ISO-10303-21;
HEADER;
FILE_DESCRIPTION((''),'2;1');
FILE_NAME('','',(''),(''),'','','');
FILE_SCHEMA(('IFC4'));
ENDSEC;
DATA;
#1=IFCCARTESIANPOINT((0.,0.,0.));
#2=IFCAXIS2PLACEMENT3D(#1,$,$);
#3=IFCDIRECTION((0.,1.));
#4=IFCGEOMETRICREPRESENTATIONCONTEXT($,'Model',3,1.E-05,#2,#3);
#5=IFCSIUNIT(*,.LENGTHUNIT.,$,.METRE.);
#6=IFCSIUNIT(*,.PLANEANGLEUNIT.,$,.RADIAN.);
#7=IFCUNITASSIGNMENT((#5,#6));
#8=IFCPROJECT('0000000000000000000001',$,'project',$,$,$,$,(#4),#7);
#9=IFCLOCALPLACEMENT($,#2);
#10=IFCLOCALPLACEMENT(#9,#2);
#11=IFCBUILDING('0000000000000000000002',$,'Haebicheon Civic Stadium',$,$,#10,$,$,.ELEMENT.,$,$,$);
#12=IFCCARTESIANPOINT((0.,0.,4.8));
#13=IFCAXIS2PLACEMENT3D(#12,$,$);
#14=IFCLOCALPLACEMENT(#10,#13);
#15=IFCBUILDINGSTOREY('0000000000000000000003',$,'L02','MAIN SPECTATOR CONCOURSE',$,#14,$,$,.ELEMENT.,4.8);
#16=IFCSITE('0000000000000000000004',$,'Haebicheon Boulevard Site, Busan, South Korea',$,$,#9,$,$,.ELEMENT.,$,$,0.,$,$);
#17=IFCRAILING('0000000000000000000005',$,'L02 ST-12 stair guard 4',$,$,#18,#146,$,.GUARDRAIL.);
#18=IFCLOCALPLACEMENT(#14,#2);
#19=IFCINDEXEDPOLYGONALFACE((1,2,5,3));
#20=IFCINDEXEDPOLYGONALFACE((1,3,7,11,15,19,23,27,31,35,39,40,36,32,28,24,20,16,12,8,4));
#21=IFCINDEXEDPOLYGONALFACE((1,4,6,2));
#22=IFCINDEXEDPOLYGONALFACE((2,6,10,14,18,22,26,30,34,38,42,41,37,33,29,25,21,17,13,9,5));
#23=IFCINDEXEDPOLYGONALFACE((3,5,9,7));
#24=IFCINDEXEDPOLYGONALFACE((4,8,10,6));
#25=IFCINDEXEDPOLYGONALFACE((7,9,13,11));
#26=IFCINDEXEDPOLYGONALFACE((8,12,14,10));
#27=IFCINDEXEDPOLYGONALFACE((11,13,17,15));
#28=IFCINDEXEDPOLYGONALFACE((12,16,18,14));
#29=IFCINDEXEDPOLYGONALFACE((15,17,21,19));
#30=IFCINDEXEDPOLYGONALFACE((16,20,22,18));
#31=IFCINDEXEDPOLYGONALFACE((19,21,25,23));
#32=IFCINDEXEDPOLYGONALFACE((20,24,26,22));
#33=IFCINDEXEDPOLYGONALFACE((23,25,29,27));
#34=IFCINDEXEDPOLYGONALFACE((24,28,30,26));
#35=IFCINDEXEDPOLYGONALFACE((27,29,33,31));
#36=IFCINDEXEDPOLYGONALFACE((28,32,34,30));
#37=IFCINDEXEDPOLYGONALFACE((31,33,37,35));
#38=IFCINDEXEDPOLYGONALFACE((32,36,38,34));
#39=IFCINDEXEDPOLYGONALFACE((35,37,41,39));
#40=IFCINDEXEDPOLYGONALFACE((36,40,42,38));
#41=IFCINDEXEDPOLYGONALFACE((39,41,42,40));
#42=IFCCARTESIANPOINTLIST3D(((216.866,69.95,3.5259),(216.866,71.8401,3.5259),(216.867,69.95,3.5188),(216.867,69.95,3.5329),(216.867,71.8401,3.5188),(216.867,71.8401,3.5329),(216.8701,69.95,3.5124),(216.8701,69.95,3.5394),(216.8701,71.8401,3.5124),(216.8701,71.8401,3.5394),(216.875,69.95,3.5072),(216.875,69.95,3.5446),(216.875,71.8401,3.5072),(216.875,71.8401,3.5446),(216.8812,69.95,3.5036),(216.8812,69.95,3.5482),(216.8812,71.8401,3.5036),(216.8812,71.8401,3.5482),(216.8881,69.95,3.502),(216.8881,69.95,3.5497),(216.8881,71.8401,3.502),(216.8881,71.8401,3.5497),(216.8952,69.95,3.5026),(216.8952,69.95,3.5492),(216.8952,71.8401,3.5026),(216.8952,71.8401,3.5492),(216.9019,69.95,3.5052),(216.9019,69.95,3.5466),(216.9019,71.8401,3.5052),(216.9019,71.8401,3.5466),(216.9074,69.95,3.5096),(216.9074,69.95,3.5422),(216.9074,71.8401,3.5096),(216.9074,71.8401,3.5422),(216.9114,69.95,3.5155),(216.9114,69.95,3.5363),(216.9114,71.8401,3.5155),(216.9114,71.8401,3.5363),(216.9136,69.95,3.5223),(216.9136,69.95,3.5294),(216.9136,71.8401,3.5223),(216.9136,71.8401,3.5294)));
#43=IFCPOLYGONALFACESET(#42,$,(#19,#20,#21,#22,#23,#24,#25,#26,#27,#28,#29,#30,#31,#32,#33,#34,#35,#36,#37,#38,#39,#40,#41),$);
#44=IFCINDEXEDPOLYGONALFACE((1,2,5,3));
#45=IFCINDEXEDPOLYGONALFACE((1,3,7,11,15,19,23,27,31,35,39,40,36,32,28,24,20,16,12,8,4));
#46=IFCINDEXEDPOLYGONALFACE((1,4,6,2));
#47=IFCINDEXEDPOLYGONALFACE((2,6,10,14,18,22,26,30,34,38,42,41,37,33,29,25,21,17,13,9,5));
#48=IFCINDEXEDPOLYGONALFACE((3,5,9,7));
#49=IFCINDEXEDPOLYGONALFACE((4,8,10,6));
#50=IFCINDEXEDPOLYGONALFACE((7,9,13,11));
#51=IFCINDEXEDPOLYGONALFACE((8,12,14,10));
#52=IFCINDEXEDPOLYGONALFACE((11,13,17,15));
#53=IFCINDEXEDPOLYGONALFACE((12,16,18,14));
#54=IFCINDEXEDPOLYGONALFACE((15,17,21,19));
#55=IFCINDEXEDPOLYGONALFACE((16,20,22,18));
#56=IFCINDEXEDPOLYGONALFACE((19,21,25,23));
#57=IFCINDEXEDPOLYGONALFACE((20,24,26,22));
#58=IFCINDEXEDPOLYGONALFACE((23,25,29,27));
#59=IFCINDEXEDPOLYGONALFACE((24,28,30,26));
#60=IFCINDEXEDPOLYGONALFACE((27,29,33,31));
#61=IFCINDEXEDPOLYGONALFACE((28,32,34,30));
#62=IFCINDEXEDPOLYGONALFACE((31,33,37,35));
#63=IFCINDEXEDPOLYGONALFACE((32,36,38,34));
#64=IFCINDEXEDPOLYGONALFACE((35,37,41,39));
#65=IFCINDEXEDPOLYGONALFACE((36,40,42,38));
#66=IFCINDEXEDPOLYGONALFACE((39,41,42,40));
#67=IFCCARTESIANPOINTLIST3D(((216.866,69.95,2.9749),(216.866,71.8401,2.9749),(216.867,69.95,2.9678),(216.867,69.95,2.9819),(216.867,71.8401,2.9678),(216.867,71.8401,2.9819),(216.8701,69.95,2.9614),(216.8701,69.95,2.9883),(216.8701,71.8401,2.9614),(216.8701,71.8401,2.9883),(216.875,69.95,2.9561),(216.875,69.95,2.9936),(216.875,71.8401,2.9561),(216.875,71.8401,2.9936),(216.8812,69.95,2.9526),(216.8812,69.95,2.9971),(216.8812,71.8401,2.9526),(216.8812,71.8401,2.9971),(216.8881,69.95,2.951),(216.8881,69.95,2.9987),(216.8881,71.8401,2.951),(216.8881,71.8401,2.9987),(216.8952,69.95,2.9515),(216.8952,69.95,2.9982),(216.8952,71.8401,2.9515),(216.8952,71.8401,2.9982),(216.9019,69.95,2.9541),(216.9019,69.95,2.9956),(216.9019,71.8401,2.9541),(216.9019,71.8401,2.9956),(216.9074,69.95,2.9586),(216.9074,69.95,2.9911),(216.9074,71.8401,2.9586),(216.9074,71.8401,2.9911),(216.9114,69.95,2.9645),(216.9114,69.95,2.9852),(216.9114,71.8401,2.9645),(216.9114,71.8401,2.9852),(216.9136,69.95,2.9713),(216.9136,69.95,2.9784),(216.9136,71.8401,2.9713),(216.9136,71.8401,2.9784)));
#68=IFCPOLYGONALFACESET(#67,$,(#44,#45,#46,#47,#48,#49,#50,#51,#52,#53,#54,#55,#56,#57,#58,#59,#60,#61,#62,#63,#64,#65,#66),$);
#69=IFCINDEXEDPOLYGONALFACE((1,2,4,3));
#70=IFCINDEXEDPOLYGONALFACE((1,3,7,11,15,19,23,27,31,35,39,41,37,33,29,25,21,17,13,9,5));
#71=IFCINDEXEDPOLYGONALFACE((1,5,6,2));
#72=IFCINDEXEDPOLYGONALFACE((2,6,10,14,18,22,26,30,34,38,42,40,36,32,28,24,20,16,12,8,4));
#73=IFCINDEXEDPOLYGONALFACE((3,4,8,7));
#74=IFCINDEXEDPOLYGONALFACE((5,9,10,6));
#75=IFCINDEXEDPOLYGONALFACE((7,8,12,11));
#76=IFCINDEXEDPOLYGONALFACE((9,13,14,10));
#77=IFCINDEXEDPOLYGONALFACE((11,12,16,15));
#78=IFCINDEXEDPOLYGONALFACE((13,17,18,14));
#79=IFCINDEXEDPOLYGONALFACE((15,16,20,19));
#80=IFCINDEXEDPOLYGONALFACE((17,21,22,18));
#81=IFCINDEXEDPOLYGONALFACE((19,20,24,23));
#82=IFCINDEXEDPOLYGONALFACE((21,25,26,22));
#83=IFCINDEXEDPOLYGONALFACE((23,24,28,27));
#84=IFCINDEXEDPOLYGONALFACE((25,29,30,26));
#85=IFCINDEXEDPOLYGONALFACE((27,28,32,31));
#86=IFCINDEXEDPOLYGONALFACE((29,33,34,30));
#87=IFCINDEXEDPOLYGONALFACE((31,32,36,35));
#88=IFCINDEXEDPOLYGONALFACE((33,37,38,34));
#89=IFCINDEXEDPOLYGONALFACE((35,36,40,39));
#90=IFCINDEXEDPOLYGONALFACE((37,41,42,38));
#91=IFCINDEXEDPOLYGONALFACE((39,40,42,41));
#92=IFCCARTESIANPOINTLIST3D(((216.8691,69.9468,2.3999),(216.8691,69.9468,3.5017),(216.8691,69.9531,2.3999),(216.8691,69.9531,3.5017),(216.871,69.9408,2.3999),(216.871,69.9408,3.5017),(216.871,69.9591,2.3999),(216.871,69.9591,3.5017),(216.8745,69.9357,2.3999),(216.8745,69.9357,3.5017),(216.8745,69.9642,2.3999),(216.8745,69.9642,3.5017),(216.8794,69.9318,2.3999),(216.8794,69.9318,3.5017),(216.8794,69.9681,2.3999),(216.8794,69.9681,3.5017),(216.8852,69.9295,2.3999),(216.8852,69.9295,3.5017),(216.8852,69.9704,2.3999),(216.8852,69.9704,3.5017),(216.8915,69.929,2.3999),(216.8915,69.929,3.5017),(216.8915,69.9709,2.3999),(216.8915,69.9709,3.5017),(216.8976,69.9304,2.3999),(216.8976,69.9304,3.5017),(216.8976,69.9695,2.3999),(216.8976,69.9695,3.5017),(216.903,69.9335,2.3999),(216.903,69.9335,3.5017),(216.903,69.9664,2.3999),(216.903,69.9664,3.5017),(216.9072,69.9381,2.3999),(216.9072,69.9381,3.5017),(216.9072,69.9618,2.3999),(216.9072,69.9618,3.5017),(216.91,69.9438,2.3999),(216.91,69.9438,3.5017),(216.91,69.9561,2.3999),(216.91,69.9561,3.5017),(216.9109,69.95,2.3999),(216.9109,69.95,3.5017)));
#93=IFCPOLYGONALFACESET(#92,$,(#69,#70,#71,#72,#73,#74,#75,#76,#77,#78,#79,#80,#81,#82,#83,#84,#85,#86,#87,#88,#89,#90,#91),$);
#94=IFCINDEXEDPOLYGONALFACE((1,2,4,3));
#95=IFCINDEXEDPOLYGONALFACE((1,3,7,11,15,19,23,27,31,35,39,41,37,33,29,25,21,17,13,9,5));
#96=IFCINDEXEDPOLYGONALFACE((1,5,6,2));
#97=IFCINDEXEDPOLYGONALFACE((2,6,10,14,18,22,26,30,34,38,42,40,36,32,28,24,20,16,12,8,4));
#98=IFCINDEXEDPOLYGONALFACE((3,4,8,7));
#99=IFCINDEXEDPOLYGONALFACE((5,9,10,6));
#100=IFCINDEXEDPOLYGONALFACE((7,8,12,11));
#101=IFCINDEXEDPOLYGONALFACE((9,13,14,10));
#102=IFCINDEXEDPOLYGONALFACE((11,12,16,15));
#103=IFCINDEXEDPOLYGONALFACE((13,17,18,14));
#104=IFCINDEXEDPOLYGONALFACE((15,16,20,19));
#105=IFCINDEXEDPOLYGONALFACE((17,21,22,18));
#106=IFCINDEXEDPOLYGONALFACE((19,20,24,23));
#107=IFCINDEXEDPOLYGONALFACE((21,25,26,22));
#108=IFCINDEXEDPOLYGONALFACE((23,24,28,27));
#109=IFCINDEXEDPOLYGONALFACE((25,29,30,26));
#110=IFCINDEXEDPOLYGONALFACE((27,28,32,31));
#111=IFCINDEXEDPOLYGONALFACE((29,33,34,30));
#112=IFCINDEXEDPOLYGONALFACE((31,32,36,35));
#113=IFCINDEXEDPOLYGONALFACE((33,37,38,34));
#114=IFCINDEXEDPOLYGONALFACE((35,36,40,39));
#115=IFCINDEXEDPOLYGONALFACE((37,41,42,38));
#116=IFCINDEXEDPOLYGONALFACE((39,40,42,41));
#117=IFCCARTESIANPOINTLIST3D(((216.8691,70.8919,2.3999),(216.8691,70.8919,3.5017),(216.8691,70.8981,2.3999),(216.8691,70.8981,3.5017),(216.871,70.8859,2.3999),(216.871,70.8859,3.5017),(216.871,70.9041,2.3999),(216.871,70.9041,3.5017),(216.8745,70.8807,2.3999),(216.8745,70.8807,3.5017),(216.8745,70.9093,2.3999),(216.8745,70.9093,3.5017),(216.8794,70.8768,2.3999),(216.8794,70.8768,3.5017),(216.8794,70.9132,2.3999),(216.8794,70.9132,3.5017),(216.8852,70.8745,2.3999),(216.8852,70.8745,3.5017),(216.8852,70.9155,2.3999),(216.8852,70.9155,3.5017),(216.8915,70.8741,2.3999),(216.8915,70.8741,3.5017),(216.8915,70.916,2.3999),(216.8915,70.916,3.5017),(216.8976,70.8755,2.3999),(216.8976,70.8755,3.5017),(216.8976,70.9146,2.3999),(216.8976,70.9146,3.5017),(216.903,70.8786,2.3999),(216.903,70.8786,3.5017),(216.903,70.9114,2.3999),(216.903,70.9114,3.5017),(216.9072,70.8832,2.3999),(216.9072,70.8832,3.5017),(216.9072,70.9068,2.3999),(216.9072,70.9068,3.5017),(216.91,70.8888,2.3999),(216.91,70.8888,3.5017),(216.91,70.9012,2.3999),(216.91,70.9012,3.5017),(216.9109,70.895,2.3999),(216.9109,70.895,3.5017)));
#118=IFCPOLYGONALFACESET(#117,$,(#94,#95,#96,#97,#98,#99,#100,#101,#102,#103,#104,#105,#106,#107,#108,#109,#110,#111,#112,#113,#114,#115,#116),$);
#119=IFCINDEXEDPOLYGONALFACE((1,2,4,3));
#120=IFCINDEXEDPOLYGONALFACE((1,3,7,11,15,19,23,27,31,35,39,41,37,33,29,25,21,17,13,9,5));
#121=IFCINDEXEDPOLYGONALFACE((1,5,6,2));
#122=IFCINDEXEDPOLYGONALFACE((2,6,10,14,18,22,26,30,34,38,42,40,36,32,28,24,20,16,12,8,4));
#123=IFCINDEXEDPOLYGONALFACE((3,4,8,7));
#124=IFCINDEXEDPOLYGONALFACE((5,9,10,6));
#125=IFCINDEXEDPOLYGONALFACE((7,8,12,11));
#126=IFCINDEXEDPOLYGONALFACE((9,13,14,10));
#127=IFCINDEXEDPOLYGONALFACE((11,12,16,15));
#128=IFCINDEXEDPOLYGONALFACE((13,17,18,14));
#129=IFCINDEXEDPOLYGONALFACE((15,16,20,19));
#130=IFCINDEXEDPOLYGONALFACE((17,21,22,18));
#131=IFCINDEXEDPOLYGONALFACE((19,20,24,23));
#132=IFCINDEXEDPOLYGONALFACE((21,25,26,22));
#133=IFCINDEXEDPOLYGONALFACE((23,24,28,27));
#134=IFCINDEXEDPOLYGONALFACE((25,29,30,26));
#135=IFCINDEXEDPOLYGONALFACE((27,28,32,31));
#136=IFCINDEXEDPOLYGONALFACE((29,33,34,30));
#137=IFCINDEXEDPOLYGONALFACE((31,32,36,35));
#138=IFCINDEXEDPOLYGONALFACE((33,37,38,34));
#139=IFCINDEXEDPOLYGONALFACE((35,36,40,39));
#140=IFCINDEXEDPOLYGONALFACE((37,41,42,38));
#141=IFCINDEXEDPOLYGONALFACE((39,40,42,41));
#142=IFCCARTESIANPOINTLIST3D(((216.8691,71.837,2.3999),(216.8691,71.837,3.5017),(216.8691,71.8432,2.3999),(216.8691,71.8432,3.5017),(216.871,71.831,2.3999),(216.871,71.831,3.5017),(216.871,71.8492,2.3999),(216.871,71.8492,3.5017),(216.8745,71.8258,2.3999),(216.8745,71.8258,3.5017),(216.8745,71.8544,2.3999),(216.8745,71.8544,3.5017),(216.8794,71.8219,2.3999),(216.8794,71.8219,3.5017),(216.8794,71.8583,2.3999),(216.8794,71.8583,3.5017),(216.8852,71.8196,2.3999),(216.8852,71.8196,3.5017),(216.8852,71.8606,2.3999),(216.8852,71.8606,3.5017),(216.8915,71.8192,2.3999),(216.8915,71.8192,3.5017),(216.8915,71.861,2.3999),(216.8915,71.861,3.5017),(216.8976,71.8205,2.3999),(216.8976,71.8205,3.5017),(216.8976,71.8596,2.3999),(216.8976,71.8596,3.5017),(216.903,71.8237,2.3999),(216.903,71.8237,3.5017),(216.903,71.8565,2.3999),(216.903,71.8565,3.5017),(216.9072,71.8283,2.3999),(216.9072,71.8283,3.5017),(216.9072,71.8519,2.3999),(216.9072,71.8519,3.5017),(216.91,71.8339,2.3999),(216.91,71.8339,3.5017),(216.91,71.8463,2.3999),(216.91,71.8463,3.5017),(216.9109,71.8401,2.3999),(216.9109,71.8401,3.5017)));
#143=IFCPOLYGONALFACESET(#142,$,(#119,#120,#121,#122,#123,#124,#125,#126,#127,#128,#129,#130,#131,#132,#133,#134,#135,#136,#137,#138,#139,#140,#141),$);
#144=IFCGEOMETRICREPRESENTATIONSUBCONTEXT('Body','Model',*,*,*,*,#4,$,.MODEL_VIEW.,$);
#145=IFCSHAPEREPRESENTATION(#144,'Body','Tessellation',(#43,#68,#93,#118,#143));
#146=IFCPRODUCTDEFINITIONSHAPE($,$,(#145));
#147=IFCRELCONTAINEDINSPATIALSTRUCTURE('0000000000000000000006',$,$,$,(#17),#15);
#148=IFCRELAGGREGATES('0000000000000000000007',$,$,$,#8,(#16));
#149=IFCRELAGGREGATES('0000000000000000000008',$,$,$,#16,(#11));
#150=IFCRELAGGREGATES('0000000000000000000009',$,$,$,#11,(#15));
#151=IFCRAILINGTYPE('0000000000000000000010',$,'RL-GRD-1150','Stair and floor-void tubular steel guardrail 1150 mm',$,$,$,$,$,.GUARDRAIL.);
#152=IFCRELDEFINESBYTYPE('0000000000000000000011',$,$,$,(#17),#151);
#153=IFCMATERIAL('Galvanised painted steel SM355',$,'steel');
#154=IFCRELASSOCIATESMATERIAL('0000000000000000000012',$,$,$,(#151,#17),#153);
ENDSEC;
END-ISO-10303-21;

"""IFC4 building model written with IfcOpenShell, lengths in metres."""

from ifc_helpers import new_model, si_unit, direction, frame, origin, origin_2d, place, context, subcontext, project, spatial, circle, extrude, material, type_object, element, save


model = new_model("IFC4")

# Units and contexts
model_context = context("Model", 3, precision=1e-05, world=origin(), true_north=direction((0.0, 1.0)))
body_context = subcontext(model_context, "Body", "Model", "MODEL_VIEW")
ifc_project = project(units=[si_unit("LENGTHUNIT", "METRE"), si_unit("PLANEANGLEUNIT", "RADIAN")], contexts=[model_context])

# Site, building, storey
site_placement = place(None, origin())
site = spatial("IfcSite", under=ifc_project, at=site_placement, Name="Haebicheon Boulevard Site, Busan, South Korea", CompositionType="ELEMENT", RefElevation=0.0)
building_placement = place(site_placement, origin())
building = spatial("IfcBuilding", under=site, at=building_placement, Name="Haebicheon Civic Stadium", CompositionType="ELEMENT")
storey_placement = place(building_placement, frame((0.0, 0.0, 4.8)))
storey = spatial("IfcBuildingStorey", under=building, at=storey_placement, Name="L02", Description="MAIN SPECTATOR CONCOURSE", CompositionType="ELEMENT", Elevation=4.8)

# Railing
ifc_material_1 = material(Name="Galvanised painted steel SM355", Category="steel")
railing_type_1 = type_object("IfcRailingType", Name="RL-GRD-1150", Description="Stair and floor-void tubular steel guardrail 1150 mm", PredefinedType="GUARDRAIL", material=ifc_material_1)
railing_1_placement = place(storey_placement, frame((216.8899, 69.95, 2.3999)))
element("IfcRailing", 1, at=railing_1_placement, inside=storey, type_object=railing_type_1, material=ifc_material_1, Name="L02 ST-12 stair guard 4", PredefinedType="GUARDRAIL", context=body_context, shape_type="SweptSolid", body=[
    extrude(circle(Radius=0.0239, at=origin_2d()), frame((0.0, 0.0, 1.126), z_axis=(0.0, 1.0, 0.0), x_axis=(-1.0, 0.0, 0.0)), (0.0, 0.0, 1.0), 1.8901),
    extrude(circle(Radius=0.0239, at=origin_2d()), frame((0.0, 0.0, 0.575), z_axis=(0.0, 1.0, 0.0), x_axis=(-1.0, 0.0, 0.0)), (0.0, 0.0, 1.0), 1.8901),
    extrude(circle(Radius=0.021, at=origin_2d()), origin(), (0.0, 0.0, 1.0), 1.1018),
    extrude(circle(Radius=0.021, at=origin_2d()), frame((0.0, 0.9451, 0.0)), (0.0, 0.0, 1.0), 1.1018),
    extrude(circle(Radius=0.021, at=origin_2d()), frame((0.0, 1.8901, 0.0)), (0.0, 0.0, 1.0), 1.1018),
])

save(model, "model.ifc")
